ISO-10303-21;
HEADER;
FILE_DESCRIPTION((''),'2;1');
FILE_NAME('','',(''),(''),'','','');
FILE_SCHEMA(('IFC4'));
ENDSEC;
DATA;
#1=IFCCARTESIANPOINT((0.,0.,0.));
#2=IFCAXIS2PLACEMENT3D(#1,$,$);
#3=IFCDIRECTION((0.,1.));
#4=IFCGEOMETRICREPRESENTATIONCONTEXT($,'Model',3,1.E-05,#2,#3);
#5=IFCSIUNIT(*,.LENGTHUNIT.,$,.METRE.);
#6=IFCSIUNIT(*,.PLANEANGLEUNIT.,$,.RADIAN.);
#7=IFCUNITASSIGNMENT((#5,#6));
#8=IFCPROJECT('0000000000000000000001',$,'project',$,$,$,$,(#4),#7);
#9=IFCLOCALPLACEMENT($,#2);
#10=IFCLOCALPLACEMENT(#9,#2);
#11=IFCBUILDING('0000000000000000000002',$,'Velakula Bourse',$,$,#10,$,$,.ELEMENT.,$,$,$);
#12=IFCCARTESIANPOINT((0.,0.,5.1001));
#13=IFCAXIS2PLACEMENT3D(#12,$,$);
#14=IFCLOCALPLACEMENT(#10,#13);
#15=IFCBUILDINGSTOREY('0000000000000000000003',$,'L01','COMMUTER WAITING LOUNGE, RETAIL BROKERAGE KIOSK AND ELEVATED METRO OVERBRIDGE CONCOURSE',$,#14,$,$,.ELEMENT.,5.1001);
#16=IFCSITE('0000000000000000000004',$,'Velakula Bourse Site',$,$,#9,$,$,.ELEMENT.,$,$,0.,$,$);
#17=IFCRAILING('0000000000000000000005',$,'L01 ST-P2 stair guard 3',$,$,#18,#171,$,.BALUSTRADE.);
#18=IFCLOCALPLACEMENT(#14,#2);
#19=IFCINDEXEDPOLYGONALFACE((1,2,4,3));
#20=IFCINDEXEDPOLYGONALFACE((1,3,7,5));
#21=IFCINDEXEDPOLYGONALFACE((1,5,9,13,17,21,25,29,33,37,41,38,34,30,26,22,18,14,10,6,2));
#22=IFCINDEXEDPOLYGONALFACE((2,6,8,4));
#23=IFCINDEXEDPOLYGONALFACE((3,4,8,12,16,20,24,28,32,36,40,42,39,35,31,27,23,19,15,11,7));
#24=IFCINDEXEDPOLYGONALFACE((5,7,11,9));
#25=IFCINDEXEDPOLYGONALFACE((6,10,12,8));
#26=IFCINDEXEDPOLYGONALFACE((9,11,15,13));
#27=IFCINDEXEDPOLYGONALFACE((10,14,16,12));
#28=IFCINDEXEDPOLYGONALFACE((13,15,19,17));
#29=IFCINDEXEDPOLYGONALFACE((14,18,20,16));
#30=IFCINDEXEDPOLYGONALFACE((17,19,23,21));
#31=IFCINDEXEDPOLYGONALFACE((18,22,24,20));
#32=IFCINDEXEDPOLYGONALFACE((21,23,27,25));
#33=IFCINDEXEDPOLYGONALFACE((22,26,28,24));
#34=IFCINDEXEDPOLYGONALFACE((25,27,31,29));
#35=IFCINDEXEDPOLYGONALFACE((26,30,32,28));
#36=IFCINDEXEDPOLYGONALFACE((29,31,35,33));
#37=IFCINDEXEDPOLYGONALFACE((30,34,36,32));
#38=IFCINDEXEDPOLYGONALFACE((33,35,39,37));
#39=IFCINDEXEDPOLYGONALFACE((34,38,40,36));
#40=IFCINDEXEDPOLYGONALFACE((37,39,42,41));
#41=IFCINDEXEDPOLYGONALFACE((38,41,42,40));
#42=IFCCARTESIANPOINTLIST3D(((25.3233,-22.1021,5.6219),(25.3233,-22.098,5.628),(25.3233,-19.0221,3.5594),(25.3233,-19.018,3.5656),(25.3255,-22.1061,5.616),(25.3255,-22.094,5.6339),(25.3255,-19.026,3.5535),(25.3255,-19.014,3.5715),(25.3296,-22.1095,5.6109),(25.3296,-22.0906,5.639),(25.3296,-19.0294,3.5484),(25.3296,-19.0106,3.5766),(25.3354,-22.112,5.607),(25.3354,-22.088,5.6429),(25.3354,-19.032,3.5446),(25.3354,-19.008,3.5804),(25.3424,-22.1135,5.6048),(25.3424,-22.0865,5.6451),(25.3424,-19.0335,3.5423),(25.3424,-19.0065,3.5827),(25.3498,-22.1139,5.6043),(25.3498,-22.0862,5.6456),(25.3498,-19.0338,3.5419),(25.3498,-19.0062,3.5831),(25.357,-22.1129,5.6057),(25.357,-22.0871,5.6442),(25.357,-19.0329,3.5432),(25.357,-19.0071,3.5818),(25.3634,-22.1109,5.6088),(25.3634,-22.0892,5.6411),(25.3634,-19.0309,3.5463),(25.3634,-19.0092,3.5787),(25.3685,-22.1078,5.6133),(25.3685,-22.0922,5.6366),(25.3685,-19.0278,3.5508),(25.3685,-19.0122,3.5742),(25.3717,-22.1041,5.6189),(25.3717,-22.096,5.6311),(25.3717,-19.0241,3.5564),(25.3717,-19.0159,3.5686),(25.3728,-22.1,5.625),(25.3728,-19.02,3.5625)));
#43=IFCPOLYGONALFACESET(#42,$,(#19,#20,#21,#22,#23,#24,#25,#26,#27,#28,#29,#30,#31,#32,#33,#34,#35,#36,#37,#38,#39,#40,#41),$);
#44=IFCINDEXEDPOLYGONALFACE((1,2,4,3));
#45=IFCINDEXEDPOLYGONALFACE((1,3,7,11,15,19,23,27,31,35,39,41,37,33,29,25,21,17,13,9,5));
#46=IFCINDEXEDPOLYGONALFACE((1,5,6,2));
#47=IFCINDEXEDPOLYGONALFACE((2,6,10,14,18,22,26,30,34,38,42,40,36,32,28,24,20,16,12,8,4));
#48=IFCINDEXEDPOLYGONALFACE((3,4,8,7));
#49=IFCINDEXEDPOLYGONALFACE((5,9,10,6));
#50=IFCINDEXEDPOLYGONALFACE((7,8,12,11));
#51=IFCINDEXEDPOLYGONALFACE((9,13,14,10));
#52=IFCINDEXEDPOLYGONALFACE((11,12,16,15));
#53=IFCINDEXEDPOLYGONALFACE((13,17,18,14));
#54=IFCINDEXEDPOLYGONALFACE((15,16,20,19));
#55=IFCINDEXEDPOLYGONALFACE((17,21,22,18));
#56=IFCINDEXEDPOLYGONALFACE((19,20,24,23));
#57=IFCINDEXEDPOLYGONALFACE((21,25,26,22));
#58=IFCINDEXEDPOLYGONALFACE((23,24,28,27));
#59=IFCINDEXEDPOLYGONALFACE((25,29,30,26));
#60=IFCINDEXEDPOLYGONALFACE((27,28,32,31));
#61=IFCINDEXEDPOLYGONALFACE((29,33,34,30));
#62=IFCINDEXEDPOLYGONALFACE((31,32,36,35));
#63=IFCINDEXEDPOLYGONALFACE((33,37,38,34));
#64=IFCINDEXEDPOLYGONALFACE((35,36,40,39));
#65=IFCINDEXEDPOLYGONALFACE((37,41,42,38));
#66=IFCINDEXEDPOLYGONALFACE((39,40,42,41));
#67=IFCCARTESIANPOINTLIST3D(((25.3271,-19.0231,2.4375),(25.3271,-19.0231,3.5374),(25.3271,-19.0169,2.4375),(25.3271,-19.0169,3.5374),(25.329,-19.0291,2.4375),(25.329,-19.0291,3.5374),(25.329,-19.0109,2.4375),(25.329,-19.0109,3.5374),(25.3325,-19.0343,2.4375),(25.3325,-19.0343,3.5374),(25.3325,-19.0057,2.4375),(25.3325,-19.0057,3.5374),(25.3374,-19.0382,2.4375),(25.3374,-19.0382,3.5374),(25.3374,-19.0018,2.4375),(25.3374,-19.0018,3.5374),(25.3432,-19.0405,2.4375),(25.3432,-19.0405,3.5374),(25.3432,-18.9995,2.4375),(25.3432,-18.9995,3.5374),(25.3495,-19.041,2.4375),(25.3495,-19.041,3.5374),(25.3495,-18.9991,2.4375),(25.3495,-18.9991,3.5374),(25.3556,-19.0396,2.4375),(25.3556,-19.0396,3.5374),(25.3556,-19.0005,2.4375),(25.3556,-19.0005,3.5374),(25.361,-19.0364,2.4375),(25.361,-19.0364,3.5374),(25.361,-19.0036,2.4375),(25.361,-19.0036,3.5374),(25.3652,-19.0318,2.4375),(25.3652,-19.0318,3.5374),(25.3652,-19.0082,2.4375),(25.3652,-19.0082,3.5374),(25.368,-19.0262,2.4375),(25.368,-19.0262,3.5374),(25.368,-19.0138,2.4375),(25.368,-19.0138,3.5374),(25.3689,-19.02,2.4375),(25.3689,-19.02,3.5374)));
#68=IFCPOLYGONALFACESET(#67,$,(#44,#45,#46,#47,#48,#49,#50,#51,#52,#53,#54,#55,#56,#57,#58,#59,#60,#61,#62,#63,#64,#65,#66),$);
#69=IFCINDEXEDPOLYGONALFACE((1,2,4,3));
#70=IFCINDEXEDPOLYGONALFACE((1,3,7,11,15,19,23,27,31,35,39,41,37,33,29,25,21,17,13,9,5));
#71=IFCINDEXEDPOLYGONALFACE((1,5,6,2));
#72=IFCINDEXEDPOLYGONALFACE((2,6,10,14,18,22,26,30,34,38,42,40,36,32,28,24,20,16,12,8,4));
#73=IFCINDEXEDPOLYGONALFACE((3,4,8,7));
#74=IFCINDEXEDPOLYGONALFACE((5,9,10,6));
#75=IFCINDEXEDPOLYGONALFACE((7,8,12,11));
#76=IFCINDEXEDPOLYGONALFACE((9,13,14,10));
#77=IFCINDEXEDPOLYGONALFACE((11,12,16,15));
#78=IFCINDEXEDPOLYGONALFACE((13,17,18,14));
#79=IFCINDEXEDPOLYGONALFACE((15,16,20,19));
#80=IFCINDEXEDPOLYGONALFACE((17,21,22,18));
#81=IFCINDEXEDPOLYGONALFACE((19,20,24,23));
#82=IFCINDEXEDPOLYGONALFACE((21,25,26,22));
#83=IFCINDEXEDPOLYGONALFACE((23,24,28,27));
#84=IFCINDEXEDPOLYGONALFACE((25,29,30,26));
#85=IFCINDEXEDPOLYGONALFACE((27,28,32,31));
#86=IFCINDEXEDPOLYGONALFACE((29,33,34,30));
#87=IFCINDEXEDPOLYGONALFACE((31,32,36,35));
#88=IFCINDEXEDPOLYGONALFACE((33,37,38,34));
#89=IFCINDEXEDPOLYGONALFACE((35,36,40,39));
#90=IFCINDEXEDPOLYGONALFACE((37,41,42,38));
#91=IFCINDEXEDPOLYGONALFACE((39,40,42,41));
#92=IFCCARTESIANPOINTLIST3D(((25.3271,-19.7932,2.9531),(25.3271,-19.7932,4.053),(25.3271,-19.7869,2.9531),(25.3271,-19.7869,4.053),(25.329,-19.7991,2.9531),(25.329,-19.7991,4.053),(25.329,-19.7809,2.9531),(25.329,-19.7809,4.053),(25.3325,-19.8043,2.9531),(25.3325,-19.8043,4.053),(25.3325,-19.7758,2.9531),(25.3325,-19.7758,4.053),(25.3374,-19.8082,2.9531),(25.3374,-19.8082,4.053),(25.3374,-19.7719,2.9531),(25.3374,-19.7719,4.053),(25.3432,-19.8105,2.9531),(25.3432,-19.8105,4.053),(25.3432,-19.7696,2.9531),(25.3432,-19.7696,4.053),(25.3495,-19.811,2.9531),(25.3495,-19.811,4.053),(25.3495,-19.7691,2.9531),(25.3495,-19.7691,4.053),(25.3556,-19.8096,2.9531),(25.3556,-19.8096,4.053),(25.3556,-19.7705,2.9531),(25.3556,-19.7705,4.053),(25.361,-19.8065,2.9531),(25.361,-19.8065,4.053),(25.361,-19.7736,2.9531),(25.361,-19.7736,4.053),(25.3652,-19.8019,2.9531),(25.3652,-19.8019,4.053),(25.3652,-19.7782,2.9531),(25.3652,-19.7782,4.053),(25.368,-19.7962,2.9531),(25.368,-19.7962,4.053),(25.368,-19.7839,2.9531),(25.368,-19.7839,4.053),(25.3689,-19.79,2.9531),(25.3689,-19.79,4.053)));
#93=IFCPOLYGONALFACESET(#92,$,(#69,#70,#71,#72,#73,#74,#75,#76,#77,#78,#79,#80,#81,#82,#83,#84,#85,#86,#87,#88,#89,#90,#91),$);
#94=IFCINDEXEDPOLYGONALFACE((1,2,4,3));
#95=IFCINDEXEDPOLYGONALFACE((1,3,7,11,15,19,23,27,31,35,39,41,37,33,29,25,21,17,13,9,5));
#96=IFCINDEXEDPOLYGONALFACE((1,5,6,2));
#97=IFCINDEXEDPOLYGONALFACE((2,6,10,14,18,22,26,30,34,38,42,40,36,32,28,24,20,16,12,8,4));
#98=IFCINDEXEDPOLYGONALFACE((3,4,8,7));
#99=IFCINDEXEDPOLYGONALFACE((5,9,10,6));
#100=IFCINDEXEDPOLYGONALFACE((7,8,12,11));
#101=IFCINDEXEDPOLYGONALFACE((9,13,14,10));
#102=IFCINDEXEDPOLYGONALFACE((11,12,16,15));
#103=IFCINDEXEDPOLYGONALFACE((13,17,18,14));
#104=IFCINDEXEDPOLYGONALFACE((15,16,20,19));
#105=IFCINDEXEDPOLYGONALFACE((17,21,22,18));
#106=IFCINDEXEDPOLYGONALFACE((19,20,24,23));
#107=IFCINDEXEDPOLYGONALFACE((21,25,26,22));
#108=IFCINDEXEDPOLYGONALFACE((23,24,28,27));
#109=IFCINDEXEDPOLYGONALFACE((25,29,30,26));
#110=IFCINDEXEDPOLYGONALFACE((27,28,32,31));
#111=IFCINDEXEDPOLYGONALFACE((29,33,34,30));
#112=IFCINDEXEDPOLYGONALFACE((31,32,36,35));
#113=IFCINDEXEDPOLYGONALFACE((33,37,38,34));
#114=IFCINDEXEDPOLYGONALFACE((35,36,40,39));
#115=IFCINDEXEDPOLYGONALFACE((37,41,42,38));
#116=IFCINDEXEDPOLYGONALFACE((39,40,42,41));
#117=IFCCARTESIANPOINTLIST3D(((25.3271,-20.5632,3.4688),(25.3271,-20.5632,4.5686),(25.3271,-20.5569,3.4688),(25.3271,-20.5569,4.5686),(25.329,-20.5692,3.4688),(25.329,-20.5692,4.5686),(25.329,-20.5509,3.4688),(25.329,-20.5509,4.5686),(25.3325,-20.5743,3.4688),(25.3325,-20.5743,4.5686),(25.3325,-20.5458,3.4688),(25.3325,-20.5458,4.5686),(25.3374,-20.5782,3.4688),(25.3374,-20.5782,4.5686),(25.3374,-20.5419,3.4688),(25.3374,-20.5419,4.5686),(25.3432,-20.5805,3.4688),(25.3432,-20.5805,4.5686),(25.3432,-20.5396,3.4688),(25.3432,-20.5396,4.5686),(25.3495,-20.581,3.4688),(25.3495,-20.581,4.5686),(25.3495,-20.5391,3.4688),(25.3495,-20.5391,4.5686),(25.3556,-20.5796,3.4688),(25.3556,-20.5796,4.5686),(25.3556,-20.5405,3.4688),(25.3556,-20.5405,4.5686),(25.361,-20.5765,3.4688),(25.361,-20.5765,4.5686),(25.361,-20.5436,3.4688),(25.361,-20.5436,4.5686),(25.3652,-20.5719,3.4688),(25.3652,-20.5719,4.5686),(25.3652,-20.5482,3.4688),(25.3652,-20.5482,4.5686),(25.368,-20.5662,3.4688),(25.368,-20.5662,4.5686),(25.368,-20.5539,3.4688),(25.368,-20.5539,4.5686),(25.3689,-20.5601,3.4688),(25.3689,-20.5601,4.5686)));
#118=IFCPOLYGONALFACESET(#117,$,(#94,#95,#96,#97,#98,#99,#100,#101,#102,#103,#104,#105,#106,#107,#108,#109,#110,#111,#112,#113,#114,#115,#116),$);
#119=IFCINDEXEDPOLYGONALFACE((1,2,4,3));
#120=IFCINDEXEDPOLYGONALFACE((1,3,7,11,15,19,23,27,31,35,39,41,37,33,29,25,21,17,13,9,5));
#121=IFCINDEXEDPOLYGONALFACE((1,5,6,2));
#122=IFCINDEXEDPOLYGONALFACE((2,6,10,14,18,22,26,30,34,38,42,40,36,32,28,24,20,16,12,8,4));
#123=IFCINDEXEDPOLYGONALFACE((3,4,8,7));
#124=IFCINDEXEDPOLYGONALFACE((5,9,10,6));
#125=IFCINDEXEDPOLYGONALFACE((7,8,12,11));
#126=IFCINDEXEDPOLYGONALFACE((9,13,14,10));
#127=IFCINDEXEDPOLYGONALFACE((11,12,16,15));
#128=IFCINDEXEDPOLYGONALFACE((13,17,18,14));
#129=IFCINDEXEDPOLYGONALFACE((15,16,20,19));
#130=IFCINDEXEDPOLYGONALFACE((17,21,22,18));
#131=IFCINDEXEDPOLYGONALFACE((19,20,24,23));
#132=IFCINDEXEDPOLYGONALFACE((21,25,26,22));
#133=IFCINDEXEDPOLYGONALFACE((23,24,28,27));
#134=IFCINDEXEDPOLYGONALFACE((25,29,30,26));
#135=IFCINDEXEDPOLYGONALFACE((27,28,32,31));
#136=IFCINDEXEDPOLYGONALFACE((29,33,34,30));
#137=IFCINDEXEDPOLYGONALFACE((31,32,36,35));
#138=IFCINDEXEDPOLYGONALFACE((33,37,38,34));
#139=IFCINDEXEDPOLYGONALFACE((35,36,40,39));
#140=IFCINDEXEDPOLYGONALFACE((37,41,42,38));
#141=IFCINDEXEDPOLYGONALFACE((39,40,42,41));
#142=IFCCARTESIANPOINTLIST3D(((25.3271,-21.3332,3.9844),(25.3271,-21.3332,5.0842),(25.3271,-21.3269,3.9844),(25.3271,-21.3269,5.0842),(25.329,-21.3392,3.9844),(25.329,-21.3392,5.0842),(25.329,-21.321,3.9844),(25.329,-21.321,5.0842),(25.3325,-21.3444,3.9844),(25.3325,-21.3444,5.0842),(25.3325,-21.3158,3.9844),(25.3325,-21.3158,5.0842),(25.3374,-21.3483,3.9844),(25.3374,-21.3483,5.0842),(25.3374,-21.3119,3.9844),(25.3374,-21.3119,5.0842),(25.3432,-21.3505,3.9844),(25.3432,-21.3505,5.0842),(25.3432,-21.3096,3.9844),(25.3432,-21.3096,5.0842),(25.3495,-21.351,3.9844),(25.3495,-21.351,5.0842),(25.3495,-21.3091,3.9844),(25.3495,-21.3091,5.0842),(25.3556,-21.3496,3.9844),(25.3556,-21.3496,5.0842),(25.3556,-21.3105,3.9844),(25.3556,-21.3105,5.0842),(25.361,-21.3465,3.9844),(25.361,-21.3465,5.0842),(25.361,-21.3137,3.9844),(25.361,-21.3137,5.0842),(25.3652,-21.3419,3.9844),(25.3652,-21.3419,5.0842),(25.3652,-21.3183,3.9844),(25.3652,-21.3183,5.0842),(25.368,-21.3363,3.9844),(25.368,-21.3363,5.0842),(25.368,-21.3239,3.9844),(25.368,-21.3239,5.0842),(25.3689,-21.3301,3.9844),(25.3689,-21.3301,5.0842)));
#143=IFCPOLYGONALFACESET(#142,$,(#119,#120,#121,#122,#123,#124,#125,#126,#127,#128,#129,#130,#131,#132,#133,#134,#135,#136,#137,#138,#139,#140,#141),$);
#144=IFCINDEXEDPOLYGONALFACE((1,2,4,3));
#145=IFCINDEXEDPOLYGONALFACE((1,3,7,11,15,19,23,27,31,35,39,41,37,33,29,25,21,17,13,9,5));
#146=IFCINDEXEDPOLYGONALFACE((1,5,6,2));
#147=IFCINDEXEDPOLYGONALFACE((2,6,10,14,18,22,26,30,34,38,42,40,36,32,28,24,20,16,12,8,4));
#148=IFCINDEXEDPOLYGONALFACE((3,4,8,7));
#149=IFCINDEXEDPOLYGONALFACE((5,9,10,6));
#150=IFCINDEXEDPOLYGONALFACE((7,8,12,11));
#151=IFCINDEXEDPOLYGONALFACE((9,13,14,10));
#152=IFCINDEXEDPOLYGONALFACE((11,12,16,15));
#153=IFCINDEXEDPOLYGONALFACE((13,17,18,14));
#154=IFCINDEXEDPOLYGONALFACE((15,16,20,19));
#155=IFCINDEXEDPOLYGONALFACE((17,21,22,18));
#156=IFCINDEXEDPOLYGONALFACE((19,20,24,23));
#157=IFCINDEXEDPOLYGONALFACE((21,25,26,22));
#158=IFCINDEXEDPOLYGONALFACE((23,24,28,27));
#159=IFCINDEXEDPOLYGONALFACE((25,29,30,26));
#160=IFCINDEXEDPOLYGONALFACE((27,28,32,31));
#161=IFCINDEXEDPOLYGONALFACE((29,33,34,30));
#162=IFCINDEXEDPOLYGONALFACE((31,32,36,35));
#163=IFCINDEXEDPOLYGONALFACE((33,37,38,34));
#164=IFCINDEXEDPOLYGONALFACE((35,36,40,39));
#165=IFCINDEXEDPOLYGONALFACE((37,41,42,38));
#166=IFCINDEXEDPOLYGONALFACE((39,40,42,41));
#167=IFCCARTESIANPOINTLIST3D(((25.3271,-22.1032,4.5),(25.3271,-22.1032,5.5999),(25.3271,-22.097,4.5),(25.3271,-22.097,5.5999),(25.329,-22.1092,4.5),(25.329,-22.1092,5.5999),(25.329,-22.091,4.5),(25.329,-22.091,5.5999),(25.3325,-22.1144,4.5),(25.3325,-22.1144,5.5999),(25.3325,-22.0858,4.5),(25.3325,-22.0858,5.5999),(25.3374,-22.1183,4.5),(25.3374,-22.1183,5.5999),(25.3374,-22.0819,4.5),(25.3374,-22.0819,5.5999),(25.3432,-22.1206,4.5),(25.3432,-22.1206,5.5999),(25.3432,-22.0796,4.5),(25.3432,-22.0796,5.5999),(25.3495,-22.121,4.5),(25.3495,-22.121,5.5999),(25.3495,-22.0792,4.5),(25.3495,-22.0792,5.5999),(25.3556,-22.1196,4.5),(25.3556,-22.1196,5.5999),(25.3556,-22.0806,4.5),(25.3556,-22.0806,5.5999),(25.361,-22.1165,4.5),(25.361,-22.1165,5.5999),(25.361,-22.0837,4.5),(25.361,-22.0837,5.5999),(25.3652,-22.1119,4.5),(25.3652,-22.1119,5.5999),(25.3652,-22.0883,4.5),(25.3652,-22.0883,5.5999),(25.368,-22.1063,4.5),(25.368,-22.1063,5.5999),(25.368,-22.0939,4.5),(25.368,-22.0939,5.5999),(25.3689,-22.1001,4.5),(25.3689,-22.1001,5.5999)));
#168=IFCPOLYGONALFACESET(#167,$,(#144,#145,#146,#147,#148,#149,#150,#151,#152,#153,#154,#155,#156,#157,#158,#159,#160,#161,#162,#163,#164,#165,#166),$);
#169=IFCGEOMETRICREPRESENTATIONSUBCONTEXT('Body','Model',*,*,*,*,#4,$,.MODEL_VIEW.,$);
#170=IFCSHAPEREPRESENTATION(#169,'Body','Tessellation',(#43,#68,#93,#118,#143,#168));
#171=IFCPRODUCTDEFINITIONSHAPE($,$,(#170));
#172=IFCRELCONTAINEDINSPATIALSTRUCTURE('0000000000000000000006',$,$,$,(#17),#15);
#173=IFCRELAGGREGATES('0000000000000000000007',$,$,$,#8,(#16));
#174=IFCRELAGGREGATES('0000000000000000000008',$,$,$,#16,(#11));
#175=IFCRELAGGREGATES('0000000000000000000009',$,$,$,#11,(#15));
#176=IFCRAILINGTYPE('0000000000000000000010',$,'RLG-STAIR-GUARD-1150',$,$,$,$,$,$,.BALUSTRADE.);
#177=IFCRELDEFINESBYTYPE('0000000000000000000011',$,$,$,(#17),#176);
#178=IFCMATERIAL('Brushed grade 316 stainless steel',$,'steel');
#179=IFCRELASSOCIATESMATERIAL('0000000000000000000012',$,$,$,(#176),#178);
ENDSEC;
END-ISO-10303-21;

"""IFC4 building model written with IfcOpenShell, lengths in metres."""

from ifc_helpers import new_model, si_unit, direction, frame, origin, origin_2d, place, context, subcontext, project, spatial, circle, extrude, material, type_object, element, save


model = new_model("IFC4")

# Units and contexts
model_context = context("Model", 3, precision=1e-05, world=origin(), true_north=direction((0.0, 1.0)))
body_context = subcontext(model_context, "Body", "Model", "MODEL_VIEW")
ifc_project = project(units=[si_unit("LENGTHUNIT", "METRE"), si_unit("PLANEANGLEUNIT", "RADIAN")], contexts=[model_context])

# Site, building, storey
site_placement = place(None, origin())
site = spatial("IfcSite", under=ifc_project, at=site_placement, Name="Velakula Bourse Site", CompositionType="ELEMENT", RefElevation=0.0)
building_placement = place(site_placement, origin())
building = spatial("IfcBuilding", under=site, at=building_placement, Name="Velakula Bourse", CompositionType="ELEMENT")
storey_placement = place(building_placement, frame((0.0, 0.0, 5.1001)))
storey = spatial("IfcBuildingStorey", under=building, at=storey_placement, Name="L01", Description="COMMUTER WAITING LOUNGE, RETAIL BROKERAGE KIOSK AND ELEVATED METRO OVERBRIDGE CONCOURSE", CompositionType="ELEMENT", Elevation=5.1001)

# Railing
ifc_material_1 = material(Name="Brushed grade 316 stainless steel", Category="steel")
railing_type_1 = type_object("IfcRailingType", Name="RLG-STAIR-GUARD-1150", PredefinedType="BALUSTRADE", material=ifc_material_1)
railing_1_placement = place(storey_placement, frame((25.3479, -19.02, 2.4375)))
element("IfcRailing", 1, at=railing_1_placement, inside=storey, type_object=railing_type_1, Name="L01 ST-P2 stair guard 3", PredefinedType="BALUSTRADE", context=body_context, shape_type="SweptSolid", body=[
    extrude(circle(Radius=0.0249, at=origin_2d()), frame((0.0, 0.0, 1.125), z_axis=(0.0, -0.830914, 0.556401), x_axis=(1.0, 0.0, 0.0)), (0.0, 0.0, 1.0), 3.7068),
    extrude(circle(Radius=0.021, at=origin_2d()), origin(), (0.0, 0.0, 1.0), 1.0999),
    extrude(circle(Radius=0.021, at=origin_2d()), frame((0.0, -0.77, 0.5156)), (0.0, 0.0, 1.0), 1.0999),
    extrude(circle(Radius=0.021, at=origin_2d()), frame((0.0, -1.54, 1.0312)), (0.0, 0.0, 1.0), 1.0999),
    extrude(circle(Radius=0.021, at=origin_2d()), frame((0.0, -2.3101, 1.5469)), (0.0, 0.0, 1.0), 1.0999),
    extrude(circle(Radius=0.021, at=origin_2d()), frame((0.0, -3.0801, 2.0625)), (0.0, 0.0, 1.0), 1.0999),
])

save(model, "model.ifc")
